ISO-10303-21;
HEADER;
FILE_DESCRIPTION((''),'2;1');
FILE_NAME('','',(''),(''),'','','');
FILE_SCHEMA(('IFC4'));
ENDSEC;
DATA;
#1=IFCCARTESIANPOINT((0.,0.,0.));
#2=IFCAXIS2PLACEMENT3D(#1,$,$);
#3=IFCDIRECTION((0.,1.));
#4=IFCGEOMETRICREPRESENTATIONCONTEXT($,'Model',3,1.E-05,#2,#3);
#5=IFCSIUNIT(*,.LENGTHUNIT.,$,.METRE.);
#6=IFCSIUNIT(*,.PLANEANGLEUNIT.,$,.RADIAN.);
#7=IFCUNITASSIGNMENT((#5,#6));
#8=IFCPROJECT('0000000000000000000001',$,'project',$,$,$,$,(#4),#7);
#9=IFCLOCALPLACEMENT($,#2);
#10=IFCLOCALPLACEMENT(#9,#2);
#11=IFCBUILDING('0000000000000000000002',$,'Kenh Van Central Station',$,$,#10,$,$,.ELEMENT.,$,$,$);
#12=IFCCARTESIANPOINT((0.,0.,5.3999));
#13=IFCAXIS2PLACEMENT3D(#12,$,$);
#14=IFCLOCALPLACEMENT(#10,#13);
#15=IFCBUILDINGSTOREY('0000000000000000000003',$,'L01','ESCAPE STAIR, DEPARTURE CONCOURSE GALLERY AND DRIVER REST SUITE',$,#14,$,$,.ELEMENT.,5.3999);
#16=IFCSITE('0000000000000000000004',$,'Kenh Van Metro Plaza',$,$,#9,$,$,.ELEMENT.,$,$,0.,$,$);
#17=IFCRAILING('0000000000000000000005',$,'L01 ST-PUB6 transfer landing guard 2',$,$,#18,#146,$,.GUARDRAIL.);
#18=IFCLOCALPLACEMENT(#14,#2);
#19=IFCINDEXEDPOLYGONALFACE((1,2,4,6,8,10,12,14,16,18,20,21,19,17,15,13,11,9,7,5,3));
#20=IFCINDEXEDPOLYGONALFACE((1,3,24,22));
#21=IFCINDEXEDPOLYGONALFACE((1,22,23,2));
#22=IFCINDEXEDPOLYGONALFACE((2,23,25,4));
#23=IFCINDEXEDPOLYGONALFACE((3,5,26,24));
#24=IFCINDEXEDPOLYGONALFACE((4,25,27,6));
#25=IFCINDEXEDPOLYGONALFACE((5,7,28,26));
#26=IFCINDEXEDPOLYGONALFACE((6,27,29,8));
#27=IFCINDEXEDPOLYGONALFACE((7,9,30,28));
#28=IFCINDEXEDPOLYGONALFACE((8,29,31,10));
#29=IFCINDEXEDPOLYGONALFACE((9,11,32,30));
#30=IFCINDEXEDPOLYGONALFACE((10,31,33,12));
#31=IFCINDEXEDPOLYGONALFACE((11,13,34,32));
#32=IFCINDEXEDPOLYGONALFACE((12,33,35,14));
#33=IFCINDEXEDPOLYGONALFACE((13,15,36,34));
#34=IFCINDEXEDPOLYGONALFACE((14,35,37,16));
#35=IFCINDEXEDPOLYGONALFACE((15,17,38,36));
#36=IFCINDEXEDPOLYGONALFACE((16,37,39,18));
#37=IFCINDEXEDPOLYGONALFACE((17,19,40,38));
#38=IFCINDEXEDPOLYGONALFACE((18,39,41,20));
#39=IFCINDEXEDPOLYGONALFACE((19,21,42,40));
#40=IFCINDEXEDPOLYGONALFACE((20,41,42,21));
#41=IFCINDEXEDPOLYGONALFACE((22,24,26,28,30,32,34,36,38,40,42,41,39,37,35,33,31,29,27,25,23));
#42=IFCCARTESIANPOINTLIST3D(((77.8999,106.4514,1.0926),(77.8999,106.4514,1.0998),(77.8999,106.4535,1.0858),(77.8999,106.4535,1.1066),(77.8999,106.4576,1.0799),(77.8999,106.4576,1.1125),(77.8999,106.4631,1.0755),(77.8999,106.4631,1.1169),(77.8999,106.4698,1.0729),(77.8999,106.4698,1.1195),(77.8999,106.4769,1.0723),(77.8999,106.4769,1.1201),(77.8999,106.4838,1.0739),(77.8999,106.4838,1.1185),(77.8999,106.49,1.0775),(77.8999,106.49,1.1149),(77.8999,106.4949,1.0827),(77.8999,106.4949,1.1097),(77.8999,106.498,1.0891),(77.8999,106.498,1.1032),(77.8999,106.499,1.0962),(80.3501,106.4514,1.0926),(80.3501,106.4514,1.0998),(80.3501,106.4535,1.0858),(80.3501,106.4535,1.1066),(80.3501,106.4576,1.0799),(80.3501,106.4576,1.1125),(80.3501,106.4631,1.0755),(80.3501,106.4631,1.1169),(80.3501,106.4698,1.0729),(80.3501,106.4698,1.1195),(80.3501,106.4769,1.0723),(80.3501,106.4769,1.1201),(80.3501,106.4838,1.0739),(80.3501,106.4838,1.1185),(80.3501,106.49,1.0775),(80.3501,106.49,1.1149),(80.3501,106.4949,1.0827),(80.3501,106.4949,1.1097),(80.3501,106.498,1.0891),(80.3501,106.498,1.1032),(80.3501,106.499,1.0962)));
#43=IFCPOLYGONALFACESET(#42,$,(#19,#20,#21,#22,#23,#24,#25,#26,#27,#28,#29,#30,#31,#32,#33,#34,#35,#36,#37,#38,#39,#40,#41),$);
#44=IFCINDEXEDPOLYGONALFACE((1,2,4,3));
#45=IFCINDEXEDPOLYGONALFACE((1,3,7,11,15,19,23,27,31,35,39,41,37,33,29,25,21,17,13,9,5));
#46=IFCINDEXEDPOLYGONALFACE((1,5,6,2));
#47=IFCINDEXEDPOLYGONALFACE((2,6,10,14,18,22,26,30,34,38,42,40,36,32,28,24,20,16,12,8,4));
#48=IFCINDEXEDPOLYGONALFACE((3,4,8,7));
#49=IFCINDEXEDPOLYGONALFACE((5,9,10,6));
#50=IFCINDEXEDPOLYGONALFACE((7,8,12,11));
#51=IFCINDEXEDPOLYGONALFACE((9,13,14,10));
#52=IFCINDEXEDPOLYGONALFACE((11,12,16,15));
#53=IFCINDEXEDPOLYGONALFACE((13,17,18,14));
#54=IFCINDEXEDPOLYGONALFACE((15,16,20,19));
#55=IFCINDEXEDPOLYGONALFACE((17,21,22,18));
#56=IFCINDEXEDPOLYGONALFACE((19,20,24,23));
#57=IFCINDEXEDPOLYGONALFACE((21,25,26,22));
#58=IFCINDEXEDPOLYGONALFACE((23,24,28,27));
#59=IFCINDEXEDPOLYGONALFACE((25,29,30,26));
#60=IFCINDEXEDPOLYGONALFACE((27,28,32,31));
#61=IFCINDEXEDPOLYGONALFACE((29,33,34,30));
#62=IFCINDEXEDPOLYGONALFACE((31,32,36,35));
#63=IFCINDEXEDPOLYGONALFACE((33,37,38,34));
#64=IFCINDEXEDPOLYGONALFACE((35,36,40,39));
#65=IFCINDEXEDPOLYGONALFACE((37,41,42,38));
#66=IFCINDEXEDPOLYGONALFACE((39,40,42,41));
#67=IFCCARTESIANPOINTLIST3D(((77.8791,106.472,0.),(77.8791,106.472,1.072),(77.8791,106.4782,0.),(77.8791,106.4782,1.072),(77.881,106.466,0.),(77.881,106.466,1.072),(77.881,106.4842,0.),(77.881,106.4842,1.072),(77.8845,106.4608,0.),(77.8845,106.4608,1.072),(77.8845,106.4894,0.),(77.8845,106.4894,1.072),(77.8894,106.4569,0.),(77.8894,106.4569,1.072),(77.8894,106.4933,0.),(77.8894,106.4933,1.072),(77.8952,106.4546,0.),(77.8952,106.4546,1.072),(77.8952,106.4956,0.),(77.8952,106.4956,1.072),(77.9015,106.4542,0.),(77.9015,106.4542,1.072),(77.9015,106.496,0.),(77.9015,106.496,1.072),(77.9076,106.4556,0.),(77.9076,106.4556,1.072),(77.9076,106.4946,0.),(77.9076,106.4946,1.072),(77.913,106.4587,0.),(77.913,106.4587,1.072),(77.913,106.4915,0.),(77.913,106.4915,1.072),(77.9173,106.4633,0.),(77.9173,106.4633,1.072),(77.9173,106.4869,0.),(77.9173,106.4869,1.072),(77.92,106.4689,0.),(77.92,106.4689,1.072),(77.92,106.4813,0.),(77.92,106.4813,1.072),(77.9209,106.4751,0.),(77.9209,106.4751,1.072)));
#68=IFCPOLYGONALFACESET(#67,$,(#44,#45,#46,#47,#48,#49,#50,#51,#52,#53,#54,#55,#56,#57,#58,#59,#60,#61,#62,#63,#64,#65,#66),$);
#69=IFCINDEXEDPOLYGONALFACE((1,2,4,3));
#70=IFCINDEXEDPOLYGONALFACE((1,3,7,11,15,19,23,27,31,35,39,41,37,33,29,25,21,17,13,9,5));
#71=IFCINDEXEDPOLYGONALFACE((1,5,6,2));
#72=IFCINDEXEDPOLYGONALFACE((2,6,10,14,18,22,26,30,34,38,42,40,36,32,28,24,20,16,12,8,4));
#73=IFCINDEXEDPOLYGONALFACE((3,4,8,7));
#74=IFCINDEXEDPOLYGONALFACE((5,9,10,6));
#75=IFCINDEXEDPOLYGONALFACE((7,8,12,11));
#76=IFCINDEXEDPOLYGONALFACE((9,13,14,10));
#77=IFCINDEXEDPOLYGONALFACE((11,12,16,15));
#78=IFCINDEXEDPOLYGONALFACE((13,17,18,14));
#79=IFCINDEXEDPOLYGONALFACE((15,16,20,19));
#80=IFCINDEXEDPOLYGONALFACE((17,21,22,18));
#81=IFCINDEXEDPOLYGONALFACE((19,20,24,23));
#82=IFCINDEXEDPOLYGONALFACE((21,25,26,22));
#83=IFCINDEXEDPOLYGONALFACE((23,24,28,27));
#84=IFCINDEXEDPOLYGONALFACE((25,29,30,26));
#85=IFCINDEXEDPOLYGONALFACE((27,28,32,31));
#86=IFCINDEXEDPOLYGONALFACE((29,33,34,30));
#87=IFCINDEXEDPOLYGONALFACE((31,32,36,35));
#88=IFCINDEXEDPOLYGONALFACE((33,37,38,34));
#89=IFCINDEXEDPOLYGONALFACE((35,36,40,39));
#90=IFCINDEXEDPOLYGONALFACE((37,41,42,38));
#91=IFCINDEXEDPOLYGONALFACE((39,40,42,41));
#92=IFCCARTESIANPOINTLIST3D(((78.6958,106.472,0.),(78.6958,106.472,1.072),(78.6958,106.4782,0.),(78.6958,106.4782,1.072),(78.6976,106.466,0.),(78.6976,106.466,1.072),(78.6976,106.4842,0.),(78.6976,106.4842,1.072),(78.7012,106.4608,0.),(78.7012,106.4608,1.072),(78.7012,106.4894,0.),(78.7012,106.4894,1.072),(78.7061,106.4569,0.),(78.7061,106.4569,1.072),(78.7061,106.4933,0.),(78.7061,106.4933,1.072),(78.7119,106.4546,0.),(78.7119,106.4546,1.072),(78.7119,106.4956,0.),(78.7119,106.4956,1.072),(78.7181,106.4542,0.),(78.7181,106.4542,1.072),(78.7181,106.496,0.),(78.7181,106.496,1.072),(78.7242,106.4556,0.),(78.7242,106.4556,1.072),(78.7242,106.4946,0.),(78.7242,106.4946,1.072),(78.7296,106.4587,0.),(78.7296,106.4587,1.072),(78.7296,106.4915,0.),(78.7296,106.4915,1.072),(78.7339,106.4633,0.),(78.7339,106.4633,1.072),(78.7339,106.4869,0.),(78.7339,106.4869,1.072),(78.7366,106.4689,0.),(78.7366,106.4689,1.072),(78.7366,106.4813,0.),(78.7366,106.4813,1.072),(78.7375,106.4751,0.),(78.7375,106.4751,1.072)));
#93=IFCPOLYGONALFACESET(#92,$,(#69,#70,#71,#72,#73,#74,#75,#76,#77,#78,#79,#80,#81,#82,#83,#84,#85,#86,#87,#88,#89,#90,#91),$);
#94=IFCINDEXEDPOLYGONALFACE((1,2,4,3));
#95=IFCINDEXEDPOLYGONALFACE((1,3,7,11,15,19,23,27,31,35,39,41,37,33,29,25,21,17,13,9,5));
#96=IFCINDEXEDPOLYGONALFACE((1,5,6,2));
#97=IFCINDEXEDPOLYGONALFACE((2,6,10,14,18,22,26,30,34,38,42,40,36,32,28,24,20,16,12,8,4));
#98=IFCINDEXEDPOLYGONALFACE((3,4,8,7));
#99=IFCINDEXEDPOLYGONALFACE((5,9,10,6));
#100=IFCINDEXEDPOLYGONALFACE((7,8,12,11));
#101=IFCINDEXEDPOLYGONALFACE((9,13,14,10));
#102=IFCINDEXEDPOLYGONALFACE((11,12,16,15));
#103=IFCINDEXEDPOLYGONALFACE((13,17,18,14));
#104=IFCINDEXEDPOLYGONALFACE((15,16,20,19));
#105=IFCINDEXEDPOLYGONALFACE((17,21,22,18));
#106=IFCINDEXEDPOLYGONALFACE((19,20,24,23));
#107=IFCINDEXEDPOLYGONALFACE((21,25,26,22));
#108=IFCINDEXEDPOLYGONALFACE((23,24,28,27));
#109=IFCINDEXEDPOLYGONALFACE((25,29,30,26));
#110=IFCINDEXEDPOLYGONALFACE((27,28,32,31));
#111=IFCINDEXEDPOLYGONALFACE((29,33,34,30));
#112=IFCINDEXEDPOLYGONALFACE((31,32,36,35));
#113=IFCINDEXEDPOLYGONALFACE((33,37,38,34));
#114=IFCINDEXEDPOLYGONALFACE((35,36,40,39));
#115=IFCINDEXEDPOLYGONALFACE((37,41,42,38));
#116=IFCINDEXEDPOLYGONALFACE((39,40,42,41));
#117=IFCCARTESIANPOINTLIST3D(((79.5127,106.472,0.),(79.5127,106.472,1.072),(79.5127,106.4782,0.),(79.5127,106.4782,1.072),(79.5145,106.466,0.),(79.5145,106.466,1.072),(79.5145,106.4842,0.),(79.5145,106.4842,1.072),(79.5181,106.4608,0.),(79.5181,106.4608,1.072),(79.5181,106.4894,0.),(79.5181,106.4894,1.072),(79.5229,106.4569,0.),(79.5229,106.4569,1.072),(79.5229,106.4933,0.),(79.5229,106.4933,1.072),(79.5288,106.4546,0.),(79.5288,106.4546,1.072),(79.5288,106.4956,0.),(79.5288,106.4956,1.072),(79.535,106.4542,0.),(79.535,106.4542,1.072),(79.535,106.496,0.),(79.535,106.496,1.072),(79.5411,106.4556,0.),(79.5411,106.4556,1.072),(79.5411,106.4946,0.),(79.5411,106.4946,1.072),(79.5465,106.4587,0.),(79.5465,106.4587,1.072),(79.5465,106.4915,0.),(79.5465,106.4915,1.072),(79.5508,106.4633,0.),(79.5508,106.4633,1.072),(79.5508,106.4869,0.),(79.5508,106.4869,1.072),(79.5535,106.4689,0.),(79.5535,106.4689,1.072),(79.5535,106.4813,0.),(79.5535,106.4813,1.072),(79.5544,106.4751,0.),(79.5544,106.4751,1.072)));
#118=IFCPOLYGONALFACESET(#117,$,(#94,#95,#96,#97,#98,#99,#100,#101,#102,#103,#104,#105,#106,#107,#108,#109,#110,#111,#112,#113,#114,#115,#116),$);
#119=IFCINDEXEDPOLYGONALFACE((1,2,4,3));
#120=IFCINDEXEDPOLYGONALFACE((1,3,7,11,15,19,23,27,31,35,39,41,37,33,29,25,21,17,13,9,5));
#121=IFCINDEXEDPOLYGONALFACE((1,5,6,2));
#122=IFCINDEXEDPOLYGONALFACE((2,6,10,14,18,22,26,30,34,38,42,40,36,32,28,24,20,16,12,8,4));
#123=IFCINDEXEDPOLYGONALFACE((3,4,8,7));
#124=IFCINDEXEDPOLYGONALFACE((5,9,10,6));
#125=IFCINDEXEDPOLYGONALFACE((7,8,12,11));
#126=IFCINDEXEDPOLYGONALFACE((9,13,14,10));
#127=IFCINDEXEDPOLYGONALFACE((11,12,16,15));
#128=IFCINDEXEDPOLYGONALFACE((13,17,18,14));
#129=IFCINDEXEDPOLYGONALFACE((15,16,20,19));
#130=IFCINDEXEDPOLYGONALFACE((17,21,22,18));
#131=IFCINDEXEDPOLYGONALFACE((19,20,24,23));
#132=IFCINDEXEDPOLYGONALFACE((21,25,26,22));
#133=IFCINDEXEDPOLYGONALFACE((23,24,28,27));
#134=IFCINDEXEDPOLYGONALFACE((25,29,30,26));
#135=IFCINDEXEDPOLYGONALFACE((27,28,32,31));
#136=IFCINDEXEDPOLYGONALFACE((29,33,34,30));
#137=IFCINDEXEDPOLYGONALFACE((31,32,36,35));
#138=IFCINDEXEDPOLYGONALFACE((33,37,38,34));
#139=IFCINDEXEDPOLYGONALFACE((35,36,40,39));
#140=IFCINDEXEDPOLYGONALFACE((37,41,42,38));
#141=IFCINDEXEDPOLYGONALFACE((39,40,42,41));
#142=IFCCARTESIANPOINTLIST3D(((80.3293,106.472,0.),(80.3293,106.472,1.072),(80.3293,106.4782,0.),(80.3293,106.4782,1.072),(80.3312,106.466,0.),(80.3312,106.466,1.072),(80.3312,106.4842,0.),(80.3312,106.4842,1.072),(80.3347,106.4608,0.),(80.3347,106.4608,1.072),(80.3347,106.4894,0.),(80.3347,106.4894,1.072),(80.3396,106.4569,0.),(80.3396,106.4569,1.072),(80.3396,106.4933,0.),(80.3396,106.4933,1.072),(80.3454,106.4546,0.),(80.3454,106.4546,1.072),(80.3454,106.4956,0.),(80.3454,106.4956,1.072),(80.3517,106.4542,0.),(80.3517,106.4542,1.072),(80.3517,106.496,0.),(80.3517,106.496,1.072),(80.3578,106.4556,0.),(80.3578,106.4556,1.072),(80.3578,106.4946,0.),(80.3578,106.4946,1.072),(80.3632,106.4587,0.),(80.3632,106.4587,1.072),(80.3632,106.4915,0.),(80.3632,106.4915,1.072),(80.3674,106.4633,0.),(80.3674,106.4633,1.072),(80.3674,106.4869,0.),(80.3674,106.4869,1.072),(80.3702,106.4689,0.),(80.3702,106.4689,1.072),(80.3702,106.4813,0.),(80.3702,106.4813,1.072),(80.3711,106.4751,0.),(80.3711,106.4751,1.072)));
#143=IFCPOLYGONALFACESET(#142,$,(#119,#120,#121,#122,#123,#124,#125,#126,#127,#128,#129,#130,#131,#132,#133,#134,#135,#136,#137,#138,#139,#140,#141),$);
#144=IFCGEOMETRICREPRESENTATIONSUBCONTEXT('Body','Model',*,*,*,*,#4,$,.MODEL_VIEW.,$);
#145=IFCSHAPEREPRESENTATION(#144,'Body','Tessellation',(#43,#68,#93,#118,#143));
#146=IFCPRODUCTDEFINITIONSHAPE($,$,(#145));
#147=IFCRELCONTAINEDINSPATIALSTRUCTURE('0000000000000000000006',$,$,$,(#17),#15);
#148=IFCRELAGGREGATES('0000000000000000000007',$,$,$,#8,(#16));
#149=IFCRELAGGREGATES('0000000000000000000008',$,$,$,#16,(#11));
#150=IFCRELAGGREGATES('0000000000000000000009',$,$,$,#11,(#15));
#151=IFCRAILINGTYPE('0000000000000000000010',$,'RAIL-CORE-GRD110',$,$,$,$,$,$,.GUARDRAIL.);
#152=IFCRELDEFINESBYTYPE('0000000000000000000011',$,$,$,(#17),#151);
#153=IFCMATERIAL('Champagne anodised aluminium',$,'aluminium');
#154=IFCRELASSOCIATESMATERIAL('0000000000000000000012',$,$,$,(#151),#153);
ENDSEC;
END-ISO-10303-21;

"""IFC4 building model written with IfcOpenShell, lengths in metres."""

from ifc_helpers import new_model, si_unit, direction, frame, origin, origin_2d, place, context, subcontext, project, spatial, circle, extrude, material, type_object, element, save


model = new_model("IFC4")

# Units and contexts
model_context = context("Model", 3, precision=1e-05, world=origin(), true_north=direction((0.0, 1.0)))
body_context = subcontext(model_context, "Body", "Model", "MODEL_VIEW")
ifc_project = project(units=[si_unit("LENGTHUNIT", "METRE"), si_unit("PLANEANGLEUNIT", "RADIAN")], contexts=[model_context])

# Site, building, storey
site_placement = place(None, origin())
site = spatial("IfcSite", under=ifc_project, at=site_placement, Name="Kenh Van Metro Plaza", CompositionType="ELEMENT", RefElevation=0.0)
building_placement = place(site_placement, origin())
building = spatial("IfcBuilding", under=site, at=building_placement, Name="Kenh Van Central Station", CompositionType="ELEMENT")
storey_placement = place(building_placement, frame((0.0, 0.0, 5.3999)))
storey = spatial("IfcBuildingStorey", under=building, at=storey_placement, Name="L01", Description="ESCAPE STAIR, DEPARTURE CONCOURSE GALLERY AND DRIVER REST SUITE", CompositionType="ELEMENT", Elevation=5.3999)

# Shared definitions
ifc_material_1 = material(Name="Champagne anodised aluminium", Category="aluminium")

# Railing
railing_type = type_object("IfcRailingType", Name="RAIL-CORE-GRD110", PredefinedType="GUARDRAIL", material=ifc_material_1)
for number, where, name in (
    (1, (77.8999, 106.4751, 0.0), "L01 ST-PUB6 transfer landing guard 2"),
):
    element("IfcRailing", number, at=place(storey_placement, frame(where)), inside=storey, type_object=railing_type, Name=name, PredefinedType="GUARDRAIL", context=body_context, shape_type="SweptSolid", body=[
        extrude(circle(Radius=0.0239, at=origin_2d()), frame((0.0, 0.0, 1.0962), z_axis=(1.0, 0.0, 0.0), x_axis=(0.0, 1.0, 0.0)), (0.0, 0.0, 1.0), 2.4502),
        extrude(circle(Radius=0.021, at=origin_2d()), origin(), (0.0, 0.0, 1.0), 1.072),
        extrude(circle(Radius=0.021, at=origin_2d()), frame((0.8167, 0.0, 0.0)), (0.0, 0.0, 1.0), 1.072),
        extrude(circle(Radius=0.021, at=origin_2d()), frame((1.6335, 0.0, 0.0)), (0.0, 0.0, 1.0), 1.072),
        extrude(circle(Radius=0.021, at=origin_2d()), frame((2.4502, 0.0, 0.0)), (0.0, 0.0, 1.0), 1.072),
    ])

save(model, "model.ifc")
